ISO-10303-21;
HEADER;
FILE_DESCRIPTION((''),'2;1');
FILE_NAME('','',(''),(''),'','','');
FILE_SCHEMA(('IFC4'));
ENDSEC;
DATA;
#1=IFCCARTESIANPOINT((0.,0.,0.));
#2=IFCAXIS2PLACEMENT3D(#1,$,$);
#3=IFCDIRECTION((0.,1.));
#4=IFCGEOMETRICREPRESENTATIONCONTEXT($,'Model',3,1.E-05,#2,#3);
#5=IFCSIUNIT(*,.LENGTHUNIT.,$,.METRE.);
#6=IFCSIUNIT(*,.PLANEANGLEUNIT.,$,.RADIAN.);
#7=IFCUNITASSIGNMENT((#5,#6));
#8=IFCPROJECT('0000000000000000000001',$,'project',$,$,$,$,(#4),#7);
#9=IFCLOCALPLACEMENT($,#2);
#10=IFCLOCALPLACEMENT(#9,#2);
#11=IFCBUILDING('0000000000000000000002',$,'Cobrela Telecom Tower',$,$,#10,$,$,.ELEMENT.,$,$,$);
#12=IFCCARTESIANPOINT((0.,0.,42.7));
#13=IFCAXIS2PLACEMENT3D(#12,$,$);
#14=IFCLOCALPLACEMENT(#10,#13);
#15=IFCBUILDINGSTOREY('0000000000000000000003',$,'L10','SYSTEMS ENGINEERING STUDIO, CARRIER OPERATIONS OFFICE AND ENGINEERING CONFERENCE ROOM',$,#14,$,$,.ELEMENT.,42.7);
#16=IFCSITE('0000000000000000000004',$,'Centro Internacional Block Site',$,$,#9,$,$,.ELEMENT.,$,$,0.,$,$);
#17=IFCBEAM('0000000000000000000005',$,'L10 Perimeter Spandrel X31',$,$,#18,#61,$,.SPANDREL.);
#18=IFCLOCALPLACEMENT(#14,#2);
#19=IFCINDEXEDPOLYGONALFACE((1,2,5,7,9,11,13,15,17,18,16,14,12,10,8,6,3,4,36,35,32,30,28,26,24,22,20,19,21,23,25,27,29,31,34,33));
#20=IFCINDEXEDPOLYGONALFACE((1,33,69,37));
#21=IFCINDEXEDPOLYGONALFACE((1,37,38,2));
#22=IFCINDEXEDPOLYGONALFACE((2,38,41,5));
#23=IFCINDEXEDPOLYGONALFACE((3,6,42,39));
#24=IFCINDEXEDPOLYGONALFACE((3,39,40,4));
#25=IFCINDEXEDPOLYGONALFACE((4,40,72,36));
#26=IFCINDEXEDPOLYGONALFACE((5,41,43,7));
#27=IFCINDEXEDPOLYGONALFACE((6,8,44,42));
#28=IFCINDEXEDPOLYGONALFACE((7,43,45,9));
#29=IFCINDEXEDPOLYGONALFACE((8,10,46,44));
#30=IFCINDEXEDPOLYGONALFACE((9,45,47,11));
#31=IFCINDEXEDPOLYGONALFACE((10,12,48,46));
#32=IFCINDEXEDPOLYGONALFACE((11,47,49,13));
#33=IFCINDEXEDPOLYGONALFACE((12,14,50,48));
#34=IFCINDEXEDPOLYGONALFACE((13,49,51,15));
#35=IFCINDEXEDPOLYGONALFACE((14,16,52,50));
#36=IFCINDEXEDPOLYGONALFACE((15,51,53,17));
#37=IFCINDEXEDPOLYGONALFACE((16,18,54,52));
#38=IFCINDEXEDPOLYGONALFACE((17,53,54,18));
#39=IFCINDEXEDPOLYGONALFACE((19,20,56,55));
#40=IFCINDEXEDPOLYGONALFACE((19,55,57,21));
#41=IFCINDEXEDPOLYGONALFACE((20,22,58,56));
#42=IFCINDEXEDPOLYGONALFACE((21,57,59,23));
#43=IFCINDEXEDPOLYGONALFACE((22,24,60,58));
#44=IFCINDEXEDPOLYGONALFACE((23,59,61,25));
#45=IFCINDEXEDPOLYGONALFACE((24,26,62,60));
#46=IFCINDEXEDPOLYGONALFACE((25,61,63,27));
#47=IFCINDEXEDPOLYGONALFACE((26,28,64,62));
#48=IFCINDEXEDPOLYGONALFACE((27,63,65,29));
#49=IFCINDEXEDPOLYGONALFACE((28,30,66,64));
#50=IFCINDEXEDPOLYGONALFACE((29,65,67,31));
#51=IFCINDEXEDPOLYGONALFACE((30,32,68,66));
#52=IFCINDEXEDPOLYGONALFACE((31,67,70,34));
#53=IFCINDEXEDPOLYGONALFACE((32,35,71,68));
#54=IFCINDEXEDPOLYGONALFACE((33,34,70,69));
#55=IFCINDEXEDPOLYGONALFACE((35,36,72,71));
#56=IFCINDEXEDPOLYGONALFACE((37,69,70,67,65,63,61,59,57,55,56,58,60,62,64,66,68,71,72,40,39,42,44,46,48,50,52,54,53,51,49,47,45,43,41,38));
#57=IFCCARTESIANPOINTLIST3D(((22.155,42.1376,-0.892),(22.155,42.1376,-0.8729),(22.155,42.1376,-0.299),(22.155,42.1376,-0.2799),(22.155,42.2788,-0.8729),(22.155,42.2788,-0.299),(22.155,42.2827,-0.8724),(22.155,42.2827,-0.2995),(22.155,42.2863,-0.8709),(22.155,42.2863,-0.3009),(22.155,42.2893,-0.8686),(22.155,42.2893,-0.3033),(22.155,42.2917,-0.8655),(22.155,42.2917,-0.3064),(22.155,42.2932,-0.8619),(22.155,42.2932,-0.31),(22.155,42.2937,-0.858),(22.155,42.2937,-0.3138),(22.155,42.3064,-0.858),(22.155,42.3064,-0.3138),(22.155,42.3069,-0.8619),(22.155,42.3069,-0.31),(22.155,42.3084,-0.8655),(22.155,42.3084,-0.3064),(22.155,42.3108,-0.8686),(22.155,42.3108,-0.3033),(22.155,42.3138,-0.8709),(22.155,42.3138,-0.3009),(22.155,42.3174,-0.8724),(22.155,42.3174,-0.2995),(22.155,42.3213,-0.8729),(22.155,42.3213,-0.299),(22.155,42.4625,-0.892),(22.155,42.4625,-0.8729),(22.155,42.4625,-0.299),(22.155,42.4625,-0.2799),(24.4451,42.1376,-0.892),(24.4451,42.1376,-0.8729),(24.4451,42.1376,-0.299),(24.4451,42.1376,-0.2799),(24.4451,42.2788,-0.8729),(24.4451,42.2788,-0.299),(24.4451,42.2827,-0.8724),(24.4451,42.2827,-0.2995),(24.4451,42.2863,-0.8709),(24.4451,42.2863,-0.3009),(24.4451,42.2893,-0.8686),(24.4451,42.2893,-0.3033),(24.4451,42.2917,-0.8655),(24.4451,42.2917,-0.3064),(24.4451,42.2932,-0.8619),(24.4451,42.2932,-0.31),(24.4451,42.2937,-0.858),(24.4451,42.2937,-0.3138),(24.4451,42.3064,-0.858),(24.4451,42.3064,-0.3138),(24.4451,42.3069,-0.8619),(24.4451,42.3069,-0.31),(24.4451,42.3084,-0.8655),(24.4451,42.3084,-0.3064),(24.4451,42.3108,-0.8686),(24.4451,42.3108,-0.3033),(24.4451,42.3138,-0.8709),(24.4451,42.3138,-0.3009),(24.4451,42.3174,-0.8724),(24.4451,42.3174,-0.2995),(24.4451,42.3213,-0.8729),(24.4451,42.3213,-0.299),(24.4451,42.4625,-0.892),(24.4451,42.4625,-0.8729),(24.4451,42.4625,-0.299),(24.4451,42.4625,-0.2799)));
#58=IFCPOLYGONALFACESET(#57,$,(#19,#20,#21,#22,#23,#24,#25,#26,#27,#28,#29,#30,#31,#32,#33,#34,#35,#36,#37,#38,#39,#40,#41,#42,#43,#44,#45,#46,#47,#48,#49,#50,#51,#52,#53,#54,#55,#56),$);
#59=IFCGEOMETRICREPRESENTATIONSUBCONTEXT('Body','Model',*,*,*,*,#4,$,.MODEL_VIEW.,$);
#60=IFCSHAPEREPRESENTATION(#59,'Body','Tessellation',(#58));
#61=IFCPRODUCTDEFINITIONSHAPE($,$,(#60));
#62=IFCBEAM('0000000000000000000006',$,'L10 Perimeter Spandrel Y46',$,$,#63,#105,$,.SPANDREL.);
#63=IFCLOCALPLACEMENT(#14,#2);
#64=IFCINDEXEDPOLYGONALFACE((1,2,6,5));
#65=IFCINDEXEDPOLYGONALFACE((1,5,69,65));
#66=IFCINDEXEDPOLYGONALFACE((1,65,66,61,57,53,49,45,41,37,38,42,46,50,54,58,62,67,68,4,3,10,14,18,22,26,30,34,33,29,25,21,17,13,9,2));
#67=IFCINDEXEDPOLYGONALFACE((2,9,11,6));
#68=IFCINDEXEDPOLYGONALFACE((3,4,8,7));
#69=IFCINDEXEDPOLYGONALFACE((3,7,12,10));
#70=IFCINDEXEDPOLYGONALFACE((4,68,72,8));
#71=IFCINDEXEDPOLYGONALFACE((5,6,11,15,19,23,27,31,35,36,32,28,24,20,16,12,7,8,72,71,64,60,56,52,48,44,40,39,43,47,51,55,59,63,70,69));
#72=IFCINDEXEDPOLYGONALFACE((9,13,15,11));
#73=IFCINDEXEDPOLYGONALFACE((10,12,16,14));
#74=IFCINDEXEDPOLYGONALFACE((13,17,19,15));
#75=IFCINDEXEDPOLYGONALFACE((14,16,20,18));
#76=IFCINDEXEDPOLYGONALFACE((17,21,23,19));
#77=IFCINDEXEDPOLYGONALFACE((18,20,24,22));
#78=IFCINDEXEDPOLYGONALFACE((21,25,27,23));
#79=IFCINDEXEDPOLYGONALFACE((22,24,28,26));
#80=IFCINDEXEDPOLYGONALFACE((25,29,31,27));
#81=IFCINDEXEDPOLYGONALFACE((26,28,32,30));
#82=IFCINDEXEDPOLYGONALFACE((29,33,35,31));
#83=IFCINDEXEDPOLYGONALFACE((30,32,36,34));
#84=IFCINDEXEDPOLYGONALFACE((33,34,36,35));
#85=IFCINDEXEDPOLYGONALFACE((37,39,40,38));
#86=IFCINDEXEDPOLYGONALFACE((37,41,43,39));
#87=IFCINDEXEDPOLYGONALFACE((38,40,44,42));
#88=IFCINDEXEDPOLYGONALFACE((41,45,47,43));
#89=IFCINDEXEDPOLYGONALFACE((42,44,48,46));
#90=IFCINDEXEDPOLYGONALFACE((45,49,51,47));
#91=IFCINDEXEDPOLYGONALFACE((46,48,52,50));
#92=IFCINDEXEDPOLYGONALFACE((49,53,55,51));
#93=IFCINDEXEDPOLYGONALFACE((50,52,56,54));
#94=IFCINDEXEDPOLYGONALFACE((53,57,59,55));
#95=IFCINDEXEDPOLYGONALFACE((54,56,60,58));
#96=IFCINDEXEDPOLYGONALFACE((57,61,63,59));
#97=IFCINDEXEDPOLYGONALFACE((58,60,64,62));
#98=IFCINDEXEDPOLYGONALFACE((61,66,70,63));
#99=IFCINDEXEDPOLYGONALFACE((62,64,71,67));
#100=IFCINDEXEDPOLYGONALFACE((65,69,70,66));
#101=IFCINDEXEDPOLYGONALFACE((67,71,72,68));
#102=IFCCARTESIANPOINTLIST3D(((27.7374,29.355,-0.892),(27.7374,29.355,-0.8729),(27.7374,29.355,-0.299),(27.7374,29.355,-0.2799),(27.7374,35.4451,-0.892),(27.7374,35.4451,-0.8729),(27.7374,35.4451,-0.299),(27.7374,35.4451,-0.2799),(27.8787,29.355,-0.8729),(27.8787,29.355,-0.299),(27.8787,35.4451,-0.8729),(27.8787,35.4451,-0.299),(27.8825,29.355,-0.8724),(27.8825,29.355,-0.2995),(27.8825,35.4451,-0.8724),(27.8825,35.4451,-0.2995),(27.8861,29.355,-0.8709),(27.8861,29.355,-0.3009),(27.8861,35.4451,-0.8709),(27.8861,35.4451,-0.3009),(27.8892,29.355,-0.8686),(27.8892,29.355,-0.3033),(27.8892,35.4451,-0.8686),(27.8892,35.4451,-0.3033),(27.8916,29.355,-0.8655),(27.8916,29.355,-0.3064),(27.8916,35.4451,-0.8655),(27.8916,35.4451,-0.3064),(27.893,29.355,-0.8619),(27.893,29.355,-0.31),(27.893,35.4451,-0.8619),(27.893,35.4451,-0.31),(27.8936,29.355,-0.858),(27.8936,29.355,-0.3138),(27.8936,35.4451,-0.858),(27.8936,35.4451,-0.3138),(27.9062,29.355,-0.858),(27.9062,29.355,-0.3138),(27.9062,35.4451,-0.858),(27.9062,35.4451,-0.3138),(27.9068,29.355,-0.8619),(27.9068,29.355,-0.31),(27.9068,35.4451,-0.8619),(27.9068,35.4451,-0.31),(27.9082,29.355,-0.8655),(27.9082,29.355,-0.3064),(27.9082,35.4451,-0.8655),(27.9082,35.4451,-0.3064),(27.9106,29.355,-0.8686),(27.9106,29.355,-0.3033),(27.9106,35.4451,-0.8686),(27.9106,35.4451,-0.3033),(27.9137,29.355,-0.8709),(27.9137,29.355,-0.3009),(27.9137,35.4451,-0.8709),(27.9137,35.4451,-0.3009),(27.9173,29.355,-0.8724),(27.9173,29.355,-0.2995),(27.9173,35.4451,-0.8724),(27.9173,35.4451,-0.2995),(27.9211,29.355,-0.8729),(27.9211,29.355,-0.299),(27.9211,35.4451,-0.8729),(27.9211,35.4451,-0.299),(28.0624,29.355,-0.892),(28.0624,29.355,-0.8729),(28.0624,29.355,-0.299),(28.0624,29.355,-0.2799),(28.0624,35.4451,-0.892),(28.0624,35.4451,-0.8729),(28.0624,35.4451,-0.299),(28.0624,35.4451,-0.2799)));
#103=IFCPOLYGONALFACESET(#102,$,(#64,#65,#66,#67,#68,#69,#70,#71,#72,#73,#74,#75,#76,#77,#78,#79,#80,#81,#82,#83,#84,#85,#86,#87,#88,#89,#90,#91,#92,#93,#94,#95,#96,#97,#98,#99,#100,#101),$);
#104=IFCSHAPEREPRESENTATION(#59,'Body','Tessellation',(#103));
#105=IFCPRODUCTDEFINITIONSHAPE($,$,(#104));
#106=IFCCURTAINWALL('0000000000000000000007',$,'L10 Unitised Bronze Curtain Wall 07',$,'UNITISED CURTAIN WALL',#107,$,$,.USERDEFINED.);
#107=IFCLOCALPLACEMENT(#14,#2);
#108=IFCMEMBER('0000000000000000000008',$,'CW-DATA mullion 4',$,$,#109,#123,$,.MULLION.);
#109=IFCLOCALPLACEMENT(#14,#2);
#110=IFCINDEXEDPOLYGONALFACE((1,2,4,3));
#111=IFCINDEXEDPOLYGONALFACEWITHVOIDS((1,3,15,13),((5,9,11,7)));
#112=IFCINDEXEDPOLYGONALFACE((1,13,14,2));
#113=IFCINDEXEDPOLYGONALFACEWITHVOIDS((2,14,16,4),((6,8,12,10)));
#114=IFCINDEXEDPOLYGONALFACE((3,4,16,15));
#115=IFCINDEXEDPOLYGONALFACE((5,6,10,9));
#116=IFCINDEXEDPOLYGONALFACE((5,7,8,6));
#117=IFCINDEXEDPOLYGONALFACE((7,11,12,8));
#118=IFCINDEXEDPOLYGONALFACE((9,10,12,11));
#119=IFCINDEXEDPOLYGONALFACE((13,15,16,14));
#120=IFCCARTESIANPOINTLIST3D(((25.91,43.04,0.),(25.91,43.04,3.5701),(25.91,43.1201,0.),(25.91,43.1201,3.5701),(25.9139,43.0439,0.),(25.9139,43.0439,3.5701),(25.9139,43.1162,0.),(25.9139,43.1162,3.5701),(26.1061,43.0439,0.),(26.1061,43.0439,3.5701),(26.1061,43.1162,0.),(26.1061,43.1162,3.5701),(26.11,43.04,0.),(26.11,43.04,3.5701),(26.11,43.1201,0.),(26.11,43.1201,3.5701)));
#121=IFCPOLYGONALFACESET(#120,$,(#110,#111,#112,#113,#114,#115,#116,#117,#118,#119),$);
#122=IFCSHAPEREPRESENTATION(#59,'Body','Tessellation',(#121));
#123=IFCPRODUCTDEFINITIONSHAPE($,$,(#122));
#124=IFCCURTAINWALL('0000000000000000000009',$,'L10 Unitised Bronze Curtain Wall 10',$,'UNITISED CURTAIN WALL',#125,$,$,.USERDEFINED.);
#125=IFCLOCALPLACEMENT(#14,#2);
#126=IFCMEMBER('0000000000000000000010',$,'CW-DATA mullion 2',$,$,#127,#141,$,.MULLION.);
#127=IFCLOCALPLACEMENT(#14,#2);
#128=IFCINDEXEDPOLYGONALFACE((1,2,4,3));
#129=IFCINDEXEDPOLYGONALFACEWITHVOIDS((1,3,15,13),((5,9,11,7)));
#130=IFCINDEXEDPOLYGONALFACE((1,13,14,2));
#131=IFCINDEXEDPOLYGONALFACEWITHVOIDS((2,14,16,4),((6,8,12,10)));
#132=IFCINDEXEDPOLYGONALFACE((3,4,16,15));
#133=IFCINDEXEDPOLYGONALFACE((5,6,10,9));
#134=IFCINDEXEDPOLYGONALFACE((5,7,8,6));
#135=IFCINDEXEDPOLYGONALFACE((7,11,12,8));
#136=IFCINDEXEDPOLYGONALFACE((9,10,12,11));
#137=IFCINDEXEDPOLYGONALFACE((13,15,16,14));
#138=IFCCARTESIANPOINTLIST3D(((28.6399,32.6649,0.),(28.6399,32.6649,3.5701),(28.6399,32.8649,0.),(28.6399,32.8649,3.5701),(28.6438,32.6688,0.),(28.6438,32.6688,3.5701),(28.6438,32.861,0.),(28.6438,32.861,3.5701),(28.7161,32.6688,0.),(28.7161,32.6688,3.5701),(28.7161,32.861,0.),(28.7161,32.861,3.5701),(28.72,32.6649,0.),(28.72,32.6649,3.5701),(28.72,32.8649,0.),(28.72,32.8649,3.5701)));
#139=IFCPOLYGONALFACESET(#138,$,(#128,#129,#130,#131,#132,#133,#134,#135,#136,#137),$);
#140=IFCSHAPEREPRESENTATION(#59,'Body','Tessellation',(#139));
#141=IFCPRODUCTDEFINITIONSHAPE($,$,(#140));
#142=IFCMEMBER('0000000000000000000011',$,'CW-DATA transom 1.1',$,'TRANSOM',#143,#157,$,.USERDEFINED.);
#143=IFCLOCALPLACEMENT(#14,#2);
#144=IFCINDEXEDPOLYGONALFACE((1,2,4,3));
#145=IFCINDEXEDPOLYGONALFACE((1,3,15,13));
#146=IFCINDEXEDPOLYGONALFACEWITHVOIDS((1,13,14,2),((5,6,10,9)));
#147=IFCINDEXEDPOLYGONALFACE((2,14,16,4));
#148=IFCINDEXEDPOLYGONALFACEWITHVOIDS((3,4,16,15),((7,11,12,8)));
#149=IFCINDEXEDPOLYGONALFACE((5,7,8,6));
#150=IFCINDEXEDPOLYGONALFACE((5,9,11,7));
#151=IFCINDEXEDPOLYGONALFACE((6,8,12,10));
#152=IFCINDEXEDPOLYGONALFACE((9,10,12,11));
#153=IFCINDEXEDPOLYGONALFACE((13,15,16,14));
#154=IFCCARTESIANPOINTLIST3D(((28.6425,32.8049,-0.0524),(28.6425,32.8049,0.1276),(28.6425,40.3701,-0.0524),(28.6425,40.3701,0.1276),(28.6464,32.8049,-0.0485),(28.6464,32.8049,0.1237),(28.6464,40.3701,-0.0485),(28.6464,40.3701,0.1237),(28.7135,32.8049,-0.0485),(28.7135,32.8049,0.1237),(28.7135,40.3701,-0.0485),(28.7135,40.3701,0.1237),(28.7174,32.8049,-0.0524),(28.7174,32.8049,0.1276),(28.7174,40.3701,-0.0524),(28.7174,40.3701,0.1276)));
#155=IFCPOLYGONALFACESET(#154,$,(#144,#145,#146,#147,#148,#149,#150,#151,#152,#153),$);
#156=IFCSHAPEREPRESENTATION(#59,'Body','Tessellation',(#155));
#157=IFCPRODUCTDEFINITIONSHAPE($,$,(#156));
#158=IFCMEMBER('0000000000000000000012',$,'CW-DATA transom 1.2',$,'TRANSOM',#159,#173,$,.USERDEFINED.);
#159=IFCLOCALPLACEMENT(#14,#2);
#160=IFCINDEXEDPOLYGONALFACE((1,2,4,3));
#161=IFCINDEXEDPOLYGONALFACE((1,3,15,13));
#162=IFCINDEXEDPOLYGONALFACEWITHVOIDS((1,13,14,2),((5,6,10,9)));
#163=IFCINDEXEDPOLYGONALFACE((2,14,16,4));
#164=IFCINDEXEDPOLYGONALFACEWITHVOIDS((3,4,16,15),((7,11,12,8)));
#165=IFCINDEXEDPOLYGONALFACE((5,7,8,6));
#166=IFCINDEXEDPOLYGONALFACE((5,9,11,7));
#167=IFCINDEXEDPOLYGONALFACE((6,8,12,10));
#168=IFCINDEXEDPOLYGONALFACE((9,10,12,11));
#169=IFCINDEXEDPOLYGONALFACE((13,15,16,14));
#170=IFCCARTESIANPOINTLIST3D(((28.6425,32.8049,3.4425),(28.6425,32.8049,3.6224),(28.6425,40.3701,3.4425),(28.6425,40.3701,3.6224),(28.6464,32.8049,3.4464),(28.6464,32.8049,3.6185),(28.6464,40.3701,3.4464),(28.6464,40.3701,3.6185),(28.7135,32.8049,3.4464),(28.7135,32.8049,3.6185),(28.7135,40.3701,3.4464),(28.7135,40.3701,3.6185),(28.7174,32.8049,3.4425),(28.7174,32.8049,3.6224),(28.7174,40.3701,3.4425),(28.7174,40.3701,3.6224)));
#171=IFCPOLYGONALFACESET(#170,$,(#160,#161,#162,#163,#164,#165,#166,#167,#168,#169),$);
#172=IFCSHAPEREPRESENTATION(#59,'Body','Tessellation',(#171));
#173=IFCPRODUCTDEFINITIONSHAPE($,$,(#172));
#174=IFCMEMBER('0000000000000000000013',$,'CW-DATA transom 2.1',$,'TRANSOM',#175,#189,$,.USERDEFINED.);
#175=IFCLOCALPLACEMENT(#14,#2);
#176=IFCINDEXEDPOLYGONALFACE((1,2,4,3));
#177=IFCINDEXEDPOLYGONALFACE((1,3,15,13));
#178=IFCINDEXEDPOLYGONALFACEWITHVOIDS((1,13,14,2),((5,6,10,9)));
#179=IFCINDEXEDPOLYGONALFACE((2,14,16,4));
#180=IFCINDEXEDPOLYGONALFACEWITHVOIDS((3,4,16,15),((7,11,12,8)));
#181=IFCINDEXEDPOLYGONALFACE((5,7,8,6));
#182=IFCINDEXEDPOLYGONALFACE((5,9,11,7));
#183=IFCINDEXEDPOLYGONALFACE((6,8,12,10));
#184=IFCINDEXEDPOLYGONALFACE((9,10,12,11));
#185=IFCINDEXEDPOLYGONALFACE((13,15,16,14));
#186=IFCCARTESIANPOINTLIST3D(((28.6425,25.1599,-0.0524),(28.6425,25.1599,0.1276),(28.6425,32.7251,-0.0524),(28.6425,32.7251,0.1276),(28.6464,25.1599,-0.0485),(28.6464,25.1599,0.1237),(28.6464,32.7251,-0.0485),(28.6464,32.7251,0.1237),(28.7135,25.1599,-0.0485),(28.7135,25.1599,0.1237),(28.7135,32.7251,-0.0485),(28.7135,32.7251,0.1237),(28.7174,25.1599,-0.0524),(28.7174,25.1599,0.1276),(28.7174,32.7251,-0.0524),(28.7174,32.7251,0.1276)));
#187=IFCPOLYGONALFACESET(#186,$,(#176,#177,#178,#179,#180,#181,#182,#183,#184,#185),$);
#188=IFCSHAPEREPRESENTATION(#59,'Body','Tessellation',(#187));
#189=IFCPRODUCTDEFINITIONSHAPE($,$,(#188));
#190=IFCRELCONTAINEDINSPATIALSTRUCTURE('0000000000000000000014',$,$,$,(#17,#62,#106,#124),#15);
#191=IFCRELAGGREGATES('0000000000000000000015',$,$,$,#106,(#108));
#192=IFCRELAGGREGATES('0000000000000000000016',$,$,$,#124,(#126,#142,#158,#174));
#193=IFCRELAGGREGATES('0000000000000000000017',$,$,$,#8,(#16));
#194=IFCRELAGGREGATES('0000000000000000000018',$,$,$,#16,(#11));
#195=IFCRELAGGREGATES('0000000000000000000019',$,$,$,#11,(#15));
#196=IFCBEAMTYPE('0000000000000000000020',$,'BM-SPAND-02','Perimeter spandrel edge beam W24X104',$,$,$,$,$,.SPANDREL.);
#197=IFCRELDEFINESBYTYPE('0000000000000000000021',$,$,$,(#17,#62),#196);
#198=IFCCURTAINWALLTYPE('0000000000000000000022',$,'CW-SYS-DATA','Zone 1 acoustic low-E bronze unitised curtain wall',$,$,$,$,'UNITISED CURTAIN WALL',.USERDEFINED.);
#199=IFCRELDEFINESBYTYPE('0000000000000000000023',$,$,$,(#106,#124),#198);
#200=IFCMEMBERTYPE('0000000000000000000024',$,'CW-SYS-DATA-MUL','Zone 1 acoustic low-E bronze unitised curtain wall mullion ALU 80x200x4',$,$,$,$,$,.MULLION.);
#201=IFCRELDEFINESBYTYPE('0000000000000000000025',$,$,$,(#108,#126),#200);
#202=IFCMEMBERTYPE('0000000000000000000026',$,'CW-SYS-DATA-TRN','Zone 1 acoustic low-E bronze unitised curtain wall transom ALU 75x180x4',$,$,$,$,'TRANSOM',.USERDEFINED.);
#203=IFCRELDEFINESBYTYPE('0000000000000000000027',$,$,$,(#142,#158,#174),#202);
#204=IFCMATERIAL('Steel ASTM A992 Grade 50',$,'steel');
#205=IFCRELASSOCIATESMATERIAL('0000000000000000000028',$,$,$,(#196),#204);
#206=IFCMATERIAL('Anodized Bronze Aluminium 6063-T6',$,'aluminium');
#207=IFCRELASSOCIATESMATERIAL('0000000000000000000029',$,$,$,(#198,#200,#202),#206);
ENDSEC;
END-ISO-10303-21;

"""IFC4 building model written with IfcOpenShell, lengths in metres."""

from ifc_helpers import new_model, si_unit, direction, frame, origin, origin_2d, place, context, subcontext, project, spatial, hollow_rectangle, i_section, extrude, material, material_profile, profile_set, type_object, element, aggregate, save


model = new_model("IFC4")

# Units and contexts
model_context = context("Model", 3, precision=1e-05, world=origin(), true_north=direction((0.0, 1.0)))
body_context = subcontext(model_context, "Body", "Model", "MODEL_VIEW")
ifc_project = project(units=[si_unit("LENGTHUNIT", "METRE"), si_unit("PLANEANGLEUNIT", "RADIAN")], contexts=[model_context])

# Site, building, storey
site_placement = place(None, origin())
site = spatial("IfcSite", under=ifc_project, at=site_placement, Name="Centro Internacional Block Site", CompositionType="ELEMENT", RefElevation=0.0)
building_placement = place(site_placement, origin())
building = spatial("IfcBuilding", under=site, at=building_placement, Name="Cobrela Telecom Tower", CompositionType="ELEMENT")
storey_placement = place(building_placement, frame((0.0, 0.0, 42.7)))
storey = spatial("IfcBuildingStorey", under=building, at=storey_placement, Name="L10", Description="SYSTEMS ENGINEERING STUDIO, CARRIER OPERATIONS OFFICE AND ENGINEERING CONFERENCE ROOM", CompositionType="ELEMENT", Elevation=42.7)

# Shared definitions
ifc_material_1 = material(Name="Steel ASTM A992 Grade 50", Category="steel")

# Beams
ifc_material_profile_1 = material_profile(ifc_material_1, i_section(OverallWidth=0.325, OverallDepth=0.6121, WebThickness=0.0127, FlangeThickness=0.019, FilletRadius=0.0149, at=origin_2d()), Name="W24X104")
ifc_profile_set_1 = profile_set([ifc_material_profile_1], Name="Steel ASTM A992 Grade 50")
beam_type_1 = type_object("IfcBeamType", Name="BM-SPAND-02", Description="Perimeter spandrel edge beam W24X104", PredefinedType="SPANDREL", material=ifc_profile_set_1)
beam_1_placement = place(storey_placement, frame((22.155, 42.3, -0.5859), z_axis=(1.0, 0.0, 0.0), x_axis=(0.0, 1.0, 0.0)))
element("IfcBeam", 1, at=beam_1_placement, inside=storey, type_object=beam_type_1, Name="L10 Perimeter Spandrel X31", PredefinedType="SPANDREL", context=body_context, shape_type="SweptSolid", body=[
    extrude(i_section(OverallWidth=0.325, OverallDepth=0.6121, WebThickness=0.0127, FlangeThickness=0.019, FilletRadius=0.0149, at=origin_2d()), origin(), (0.0, 0.0, 1.0), 2.29),
])
beam_2_placement = place(storey_placement, frame((27.8999, 29.355, -0.5859), z_axis=(0.0, 1.0, 0.0), x_axis=(-1.0, 0.0, 0.0)))
element("IfcBeam", 2, at=beam_2_placement, inside=storey, type_object=beam_type_1, Name="L10 Perimeter Spandrel Y46", PredefinedType="SPANDREL", context=body_context, shape_type="SweptSolid", body=[
    extrude(i_section(OverallWidth=0.325, OverallDepth=0.6121, WebThickness=0.0127, FlangeThickness=0.019, FilletRadius=0.0149, at=origin_2d()), origin(), (0.0, 0.0, 1.0), 6.0901),
])

# Curtain wall, member
ifc_material_2 = material(Name="Anodized Bronze Aluminium 6063-T6", Category="aluminium")
curtain_wall_type = type_object("IfcCurtainWallType", Name="CW-SYS-DATA", Description="Zone 1 acoustic low-E bronze unitised curtain wall", ElementType="UNITISED CURTAIN WALL", PredefinedType="USERDEFINED", material=ifc_material_2)
curtain_wall_1_placement = place(storey_placement, origin())
curtain_wall_1 = element("IfcCurtainWall", 3, at=curtain_wall_1_placement, inside=storey, type_object=curtain_wall_type, Name="L10 Unitised Bronze Curtain Wall 07", ObjectType="UNITISED CURTAIN WALL", PredefinedType="USERDEFINED")
ifc_material_profile_2 = material_profile(ifc_material_2, hollow_rectangle(XDim=0.0801, YDim=0.2, WallThickness=0.0039, at=origin_2d()), Name="ALU 80x200x4")
ifc_profile_set_2 = profile_set([ifc_material_profile_2], Name="Anodized Bronze Aluminium 6063-T6")
member_type_1 = type_object("IfcMemberType", Name="CW-SYS-DATA-MUL", Description="Zone 1 acoustic low-E bronze unitised curtain wall mullion ALU 80x200x4", PredefinedType="MULLION", material=ifc_profile_set_2)
member_1_placement = place(storey_placement, frame((26.01, 43.0801, 0.0), z_axis=(0.0, 0.0, 1.0), x_axis=(0.0, 1.0, 0.0)))
member_1 = element("IfcMember", 4, at=member_1_placement, type_object=member_type_1, Name="CW-DATA mullion 4", PredefinedType="MULLION", context=body_context, shape_type="SweptSolid", body=[
    extrude(hollow_rectangle(XDim=0.0801, YDim=0.2, WallThickness=0.0039, at=origin_2d()), origin(), (0.0, 0.0, 1.0), 3.5701),
])

# Curtain wall, members
curtain_wall_2_placement = place(storey_placement, origin())
curtain_wall_2 = element("IfcCurtainWall", 5, at=curtain_wall_2_placement, inside=storey, type_object=curtain_wall_type, Name="L10 Unitised Bronze Curtain Wall 10", ObjectType="UNITISED CURTAIN WALL", PredefinedType="USERDEFINED")
member_2_placement = place(storey_placement, frame((28.6799, 32.7649, 0.0), z_axis=(0.0, 0.0, 1.0), x_axis=(1.0, 0.0, 0.0)))
member_2 = element("IfcMember", 6, at=member_2_placement, type_object=member_type_1, Name="CW-DATA mullion 2", PredefinedType="MULLION", context=body_context, shape_type="SweptSolid", body=[
    extrude(hollow_rectangle(XDim=0.0801, YDim=0.2, WallThickness=0.0039, at=origin_2d()), origin(), (0.0, 0.0, 1.0), 3.5701),
])
ifc_material_profile_3 = material_profile(ifc_material_2, hollow_rectangle(XDim=0.075, YDim=0.1799, WallThickness=0.0039, at=origin_2d()), Name="ALU 75x180x4")
ifc_profile_set_3 = profile_set([ifc_material_profile_3], Name="Anodized Bronze Aluminium 6063-T6")
member_type_2 = type_object("IfcMemberType", Name="CW-SYS-DATA-TRN", Description="Zone 1 acoustic low-E bronze unitised curtain wall transom ALU 75x180x4", ElementType="TRANSOM", PredefinedType="USERDEFINED", material=ifc_profile_set_3)
member_3_placement = place(storey_placement, frame((28.6799, 40.3701, 0.0376), z_axis=(0.0, -1.0, 0.0), x_axis=(1.0, 0.0, 0.0)))
member_3 = element("IfcMember", 7, at=member_3_placement, type_object=member_type_2, Name="CW-DATA transom 1.1", ObjectType="TRANSOM", PredefinedType="USERDEFINED", context=body_context, shape_type="SweptSolid", body=[
    extrude(hollow_rectangle(XDim=0.075, YDim=0.1799, WallThickness=0.0039, at=origin_2d()), origin(), (0.0, 0.0, 1.0), 7.5652),
])
member_4_placement = place(storey_placement, frame((28.6799, 40.3701, 3.5325), z_axis=(0.0, -1.0, 0.0), x_axis=(1.0, 0.0, 0.0)))
member_4 = element("IfcMember", 8, at=member_4_placement, type_object=member_type_2, Name="CW-DATA transom 1.2", ObjectType="TRANSOM", PredefinedType="USERDEFINED", context=body_context, shape_type="SweptSolid", body=[
    extrude(hollow_rectangle(XDim=0.075, YDim=0.1799, WallThickness=0.0039, at=origin_2d()), origin(), (0.0, 0.0, 1.0), 7.5652),
])
member_5_placement = place(storey_placement, frame((28.6799, 32.7251, 0.0376), z_axis=(0.0, -1.0, 0.0), x_axis=(1.0, 0.0, 0.0)))
member_5 = element("IfcMember", 9, at=member_5_placement, type_object=member_type_2, Name="CW-DATA transom 2.1", ObjectType="TRANSOM", PredefinedType="USERDEFINED", context=body_context, shape_type="SweptSolid", body=[
    extrude(hollow_rectangle(XDim=0.075, YDim=0.1799, WallThickness=0.0039, at=origin_2d()), origin(), (0.0, 0.0, 1.0), 7.5652),
])

aggregate(curtain_wall_1, [member_1])
aggregate(curtain_wall_2, [member_2, member_3, member_4, member_5])

save(model, "model.ifc")
